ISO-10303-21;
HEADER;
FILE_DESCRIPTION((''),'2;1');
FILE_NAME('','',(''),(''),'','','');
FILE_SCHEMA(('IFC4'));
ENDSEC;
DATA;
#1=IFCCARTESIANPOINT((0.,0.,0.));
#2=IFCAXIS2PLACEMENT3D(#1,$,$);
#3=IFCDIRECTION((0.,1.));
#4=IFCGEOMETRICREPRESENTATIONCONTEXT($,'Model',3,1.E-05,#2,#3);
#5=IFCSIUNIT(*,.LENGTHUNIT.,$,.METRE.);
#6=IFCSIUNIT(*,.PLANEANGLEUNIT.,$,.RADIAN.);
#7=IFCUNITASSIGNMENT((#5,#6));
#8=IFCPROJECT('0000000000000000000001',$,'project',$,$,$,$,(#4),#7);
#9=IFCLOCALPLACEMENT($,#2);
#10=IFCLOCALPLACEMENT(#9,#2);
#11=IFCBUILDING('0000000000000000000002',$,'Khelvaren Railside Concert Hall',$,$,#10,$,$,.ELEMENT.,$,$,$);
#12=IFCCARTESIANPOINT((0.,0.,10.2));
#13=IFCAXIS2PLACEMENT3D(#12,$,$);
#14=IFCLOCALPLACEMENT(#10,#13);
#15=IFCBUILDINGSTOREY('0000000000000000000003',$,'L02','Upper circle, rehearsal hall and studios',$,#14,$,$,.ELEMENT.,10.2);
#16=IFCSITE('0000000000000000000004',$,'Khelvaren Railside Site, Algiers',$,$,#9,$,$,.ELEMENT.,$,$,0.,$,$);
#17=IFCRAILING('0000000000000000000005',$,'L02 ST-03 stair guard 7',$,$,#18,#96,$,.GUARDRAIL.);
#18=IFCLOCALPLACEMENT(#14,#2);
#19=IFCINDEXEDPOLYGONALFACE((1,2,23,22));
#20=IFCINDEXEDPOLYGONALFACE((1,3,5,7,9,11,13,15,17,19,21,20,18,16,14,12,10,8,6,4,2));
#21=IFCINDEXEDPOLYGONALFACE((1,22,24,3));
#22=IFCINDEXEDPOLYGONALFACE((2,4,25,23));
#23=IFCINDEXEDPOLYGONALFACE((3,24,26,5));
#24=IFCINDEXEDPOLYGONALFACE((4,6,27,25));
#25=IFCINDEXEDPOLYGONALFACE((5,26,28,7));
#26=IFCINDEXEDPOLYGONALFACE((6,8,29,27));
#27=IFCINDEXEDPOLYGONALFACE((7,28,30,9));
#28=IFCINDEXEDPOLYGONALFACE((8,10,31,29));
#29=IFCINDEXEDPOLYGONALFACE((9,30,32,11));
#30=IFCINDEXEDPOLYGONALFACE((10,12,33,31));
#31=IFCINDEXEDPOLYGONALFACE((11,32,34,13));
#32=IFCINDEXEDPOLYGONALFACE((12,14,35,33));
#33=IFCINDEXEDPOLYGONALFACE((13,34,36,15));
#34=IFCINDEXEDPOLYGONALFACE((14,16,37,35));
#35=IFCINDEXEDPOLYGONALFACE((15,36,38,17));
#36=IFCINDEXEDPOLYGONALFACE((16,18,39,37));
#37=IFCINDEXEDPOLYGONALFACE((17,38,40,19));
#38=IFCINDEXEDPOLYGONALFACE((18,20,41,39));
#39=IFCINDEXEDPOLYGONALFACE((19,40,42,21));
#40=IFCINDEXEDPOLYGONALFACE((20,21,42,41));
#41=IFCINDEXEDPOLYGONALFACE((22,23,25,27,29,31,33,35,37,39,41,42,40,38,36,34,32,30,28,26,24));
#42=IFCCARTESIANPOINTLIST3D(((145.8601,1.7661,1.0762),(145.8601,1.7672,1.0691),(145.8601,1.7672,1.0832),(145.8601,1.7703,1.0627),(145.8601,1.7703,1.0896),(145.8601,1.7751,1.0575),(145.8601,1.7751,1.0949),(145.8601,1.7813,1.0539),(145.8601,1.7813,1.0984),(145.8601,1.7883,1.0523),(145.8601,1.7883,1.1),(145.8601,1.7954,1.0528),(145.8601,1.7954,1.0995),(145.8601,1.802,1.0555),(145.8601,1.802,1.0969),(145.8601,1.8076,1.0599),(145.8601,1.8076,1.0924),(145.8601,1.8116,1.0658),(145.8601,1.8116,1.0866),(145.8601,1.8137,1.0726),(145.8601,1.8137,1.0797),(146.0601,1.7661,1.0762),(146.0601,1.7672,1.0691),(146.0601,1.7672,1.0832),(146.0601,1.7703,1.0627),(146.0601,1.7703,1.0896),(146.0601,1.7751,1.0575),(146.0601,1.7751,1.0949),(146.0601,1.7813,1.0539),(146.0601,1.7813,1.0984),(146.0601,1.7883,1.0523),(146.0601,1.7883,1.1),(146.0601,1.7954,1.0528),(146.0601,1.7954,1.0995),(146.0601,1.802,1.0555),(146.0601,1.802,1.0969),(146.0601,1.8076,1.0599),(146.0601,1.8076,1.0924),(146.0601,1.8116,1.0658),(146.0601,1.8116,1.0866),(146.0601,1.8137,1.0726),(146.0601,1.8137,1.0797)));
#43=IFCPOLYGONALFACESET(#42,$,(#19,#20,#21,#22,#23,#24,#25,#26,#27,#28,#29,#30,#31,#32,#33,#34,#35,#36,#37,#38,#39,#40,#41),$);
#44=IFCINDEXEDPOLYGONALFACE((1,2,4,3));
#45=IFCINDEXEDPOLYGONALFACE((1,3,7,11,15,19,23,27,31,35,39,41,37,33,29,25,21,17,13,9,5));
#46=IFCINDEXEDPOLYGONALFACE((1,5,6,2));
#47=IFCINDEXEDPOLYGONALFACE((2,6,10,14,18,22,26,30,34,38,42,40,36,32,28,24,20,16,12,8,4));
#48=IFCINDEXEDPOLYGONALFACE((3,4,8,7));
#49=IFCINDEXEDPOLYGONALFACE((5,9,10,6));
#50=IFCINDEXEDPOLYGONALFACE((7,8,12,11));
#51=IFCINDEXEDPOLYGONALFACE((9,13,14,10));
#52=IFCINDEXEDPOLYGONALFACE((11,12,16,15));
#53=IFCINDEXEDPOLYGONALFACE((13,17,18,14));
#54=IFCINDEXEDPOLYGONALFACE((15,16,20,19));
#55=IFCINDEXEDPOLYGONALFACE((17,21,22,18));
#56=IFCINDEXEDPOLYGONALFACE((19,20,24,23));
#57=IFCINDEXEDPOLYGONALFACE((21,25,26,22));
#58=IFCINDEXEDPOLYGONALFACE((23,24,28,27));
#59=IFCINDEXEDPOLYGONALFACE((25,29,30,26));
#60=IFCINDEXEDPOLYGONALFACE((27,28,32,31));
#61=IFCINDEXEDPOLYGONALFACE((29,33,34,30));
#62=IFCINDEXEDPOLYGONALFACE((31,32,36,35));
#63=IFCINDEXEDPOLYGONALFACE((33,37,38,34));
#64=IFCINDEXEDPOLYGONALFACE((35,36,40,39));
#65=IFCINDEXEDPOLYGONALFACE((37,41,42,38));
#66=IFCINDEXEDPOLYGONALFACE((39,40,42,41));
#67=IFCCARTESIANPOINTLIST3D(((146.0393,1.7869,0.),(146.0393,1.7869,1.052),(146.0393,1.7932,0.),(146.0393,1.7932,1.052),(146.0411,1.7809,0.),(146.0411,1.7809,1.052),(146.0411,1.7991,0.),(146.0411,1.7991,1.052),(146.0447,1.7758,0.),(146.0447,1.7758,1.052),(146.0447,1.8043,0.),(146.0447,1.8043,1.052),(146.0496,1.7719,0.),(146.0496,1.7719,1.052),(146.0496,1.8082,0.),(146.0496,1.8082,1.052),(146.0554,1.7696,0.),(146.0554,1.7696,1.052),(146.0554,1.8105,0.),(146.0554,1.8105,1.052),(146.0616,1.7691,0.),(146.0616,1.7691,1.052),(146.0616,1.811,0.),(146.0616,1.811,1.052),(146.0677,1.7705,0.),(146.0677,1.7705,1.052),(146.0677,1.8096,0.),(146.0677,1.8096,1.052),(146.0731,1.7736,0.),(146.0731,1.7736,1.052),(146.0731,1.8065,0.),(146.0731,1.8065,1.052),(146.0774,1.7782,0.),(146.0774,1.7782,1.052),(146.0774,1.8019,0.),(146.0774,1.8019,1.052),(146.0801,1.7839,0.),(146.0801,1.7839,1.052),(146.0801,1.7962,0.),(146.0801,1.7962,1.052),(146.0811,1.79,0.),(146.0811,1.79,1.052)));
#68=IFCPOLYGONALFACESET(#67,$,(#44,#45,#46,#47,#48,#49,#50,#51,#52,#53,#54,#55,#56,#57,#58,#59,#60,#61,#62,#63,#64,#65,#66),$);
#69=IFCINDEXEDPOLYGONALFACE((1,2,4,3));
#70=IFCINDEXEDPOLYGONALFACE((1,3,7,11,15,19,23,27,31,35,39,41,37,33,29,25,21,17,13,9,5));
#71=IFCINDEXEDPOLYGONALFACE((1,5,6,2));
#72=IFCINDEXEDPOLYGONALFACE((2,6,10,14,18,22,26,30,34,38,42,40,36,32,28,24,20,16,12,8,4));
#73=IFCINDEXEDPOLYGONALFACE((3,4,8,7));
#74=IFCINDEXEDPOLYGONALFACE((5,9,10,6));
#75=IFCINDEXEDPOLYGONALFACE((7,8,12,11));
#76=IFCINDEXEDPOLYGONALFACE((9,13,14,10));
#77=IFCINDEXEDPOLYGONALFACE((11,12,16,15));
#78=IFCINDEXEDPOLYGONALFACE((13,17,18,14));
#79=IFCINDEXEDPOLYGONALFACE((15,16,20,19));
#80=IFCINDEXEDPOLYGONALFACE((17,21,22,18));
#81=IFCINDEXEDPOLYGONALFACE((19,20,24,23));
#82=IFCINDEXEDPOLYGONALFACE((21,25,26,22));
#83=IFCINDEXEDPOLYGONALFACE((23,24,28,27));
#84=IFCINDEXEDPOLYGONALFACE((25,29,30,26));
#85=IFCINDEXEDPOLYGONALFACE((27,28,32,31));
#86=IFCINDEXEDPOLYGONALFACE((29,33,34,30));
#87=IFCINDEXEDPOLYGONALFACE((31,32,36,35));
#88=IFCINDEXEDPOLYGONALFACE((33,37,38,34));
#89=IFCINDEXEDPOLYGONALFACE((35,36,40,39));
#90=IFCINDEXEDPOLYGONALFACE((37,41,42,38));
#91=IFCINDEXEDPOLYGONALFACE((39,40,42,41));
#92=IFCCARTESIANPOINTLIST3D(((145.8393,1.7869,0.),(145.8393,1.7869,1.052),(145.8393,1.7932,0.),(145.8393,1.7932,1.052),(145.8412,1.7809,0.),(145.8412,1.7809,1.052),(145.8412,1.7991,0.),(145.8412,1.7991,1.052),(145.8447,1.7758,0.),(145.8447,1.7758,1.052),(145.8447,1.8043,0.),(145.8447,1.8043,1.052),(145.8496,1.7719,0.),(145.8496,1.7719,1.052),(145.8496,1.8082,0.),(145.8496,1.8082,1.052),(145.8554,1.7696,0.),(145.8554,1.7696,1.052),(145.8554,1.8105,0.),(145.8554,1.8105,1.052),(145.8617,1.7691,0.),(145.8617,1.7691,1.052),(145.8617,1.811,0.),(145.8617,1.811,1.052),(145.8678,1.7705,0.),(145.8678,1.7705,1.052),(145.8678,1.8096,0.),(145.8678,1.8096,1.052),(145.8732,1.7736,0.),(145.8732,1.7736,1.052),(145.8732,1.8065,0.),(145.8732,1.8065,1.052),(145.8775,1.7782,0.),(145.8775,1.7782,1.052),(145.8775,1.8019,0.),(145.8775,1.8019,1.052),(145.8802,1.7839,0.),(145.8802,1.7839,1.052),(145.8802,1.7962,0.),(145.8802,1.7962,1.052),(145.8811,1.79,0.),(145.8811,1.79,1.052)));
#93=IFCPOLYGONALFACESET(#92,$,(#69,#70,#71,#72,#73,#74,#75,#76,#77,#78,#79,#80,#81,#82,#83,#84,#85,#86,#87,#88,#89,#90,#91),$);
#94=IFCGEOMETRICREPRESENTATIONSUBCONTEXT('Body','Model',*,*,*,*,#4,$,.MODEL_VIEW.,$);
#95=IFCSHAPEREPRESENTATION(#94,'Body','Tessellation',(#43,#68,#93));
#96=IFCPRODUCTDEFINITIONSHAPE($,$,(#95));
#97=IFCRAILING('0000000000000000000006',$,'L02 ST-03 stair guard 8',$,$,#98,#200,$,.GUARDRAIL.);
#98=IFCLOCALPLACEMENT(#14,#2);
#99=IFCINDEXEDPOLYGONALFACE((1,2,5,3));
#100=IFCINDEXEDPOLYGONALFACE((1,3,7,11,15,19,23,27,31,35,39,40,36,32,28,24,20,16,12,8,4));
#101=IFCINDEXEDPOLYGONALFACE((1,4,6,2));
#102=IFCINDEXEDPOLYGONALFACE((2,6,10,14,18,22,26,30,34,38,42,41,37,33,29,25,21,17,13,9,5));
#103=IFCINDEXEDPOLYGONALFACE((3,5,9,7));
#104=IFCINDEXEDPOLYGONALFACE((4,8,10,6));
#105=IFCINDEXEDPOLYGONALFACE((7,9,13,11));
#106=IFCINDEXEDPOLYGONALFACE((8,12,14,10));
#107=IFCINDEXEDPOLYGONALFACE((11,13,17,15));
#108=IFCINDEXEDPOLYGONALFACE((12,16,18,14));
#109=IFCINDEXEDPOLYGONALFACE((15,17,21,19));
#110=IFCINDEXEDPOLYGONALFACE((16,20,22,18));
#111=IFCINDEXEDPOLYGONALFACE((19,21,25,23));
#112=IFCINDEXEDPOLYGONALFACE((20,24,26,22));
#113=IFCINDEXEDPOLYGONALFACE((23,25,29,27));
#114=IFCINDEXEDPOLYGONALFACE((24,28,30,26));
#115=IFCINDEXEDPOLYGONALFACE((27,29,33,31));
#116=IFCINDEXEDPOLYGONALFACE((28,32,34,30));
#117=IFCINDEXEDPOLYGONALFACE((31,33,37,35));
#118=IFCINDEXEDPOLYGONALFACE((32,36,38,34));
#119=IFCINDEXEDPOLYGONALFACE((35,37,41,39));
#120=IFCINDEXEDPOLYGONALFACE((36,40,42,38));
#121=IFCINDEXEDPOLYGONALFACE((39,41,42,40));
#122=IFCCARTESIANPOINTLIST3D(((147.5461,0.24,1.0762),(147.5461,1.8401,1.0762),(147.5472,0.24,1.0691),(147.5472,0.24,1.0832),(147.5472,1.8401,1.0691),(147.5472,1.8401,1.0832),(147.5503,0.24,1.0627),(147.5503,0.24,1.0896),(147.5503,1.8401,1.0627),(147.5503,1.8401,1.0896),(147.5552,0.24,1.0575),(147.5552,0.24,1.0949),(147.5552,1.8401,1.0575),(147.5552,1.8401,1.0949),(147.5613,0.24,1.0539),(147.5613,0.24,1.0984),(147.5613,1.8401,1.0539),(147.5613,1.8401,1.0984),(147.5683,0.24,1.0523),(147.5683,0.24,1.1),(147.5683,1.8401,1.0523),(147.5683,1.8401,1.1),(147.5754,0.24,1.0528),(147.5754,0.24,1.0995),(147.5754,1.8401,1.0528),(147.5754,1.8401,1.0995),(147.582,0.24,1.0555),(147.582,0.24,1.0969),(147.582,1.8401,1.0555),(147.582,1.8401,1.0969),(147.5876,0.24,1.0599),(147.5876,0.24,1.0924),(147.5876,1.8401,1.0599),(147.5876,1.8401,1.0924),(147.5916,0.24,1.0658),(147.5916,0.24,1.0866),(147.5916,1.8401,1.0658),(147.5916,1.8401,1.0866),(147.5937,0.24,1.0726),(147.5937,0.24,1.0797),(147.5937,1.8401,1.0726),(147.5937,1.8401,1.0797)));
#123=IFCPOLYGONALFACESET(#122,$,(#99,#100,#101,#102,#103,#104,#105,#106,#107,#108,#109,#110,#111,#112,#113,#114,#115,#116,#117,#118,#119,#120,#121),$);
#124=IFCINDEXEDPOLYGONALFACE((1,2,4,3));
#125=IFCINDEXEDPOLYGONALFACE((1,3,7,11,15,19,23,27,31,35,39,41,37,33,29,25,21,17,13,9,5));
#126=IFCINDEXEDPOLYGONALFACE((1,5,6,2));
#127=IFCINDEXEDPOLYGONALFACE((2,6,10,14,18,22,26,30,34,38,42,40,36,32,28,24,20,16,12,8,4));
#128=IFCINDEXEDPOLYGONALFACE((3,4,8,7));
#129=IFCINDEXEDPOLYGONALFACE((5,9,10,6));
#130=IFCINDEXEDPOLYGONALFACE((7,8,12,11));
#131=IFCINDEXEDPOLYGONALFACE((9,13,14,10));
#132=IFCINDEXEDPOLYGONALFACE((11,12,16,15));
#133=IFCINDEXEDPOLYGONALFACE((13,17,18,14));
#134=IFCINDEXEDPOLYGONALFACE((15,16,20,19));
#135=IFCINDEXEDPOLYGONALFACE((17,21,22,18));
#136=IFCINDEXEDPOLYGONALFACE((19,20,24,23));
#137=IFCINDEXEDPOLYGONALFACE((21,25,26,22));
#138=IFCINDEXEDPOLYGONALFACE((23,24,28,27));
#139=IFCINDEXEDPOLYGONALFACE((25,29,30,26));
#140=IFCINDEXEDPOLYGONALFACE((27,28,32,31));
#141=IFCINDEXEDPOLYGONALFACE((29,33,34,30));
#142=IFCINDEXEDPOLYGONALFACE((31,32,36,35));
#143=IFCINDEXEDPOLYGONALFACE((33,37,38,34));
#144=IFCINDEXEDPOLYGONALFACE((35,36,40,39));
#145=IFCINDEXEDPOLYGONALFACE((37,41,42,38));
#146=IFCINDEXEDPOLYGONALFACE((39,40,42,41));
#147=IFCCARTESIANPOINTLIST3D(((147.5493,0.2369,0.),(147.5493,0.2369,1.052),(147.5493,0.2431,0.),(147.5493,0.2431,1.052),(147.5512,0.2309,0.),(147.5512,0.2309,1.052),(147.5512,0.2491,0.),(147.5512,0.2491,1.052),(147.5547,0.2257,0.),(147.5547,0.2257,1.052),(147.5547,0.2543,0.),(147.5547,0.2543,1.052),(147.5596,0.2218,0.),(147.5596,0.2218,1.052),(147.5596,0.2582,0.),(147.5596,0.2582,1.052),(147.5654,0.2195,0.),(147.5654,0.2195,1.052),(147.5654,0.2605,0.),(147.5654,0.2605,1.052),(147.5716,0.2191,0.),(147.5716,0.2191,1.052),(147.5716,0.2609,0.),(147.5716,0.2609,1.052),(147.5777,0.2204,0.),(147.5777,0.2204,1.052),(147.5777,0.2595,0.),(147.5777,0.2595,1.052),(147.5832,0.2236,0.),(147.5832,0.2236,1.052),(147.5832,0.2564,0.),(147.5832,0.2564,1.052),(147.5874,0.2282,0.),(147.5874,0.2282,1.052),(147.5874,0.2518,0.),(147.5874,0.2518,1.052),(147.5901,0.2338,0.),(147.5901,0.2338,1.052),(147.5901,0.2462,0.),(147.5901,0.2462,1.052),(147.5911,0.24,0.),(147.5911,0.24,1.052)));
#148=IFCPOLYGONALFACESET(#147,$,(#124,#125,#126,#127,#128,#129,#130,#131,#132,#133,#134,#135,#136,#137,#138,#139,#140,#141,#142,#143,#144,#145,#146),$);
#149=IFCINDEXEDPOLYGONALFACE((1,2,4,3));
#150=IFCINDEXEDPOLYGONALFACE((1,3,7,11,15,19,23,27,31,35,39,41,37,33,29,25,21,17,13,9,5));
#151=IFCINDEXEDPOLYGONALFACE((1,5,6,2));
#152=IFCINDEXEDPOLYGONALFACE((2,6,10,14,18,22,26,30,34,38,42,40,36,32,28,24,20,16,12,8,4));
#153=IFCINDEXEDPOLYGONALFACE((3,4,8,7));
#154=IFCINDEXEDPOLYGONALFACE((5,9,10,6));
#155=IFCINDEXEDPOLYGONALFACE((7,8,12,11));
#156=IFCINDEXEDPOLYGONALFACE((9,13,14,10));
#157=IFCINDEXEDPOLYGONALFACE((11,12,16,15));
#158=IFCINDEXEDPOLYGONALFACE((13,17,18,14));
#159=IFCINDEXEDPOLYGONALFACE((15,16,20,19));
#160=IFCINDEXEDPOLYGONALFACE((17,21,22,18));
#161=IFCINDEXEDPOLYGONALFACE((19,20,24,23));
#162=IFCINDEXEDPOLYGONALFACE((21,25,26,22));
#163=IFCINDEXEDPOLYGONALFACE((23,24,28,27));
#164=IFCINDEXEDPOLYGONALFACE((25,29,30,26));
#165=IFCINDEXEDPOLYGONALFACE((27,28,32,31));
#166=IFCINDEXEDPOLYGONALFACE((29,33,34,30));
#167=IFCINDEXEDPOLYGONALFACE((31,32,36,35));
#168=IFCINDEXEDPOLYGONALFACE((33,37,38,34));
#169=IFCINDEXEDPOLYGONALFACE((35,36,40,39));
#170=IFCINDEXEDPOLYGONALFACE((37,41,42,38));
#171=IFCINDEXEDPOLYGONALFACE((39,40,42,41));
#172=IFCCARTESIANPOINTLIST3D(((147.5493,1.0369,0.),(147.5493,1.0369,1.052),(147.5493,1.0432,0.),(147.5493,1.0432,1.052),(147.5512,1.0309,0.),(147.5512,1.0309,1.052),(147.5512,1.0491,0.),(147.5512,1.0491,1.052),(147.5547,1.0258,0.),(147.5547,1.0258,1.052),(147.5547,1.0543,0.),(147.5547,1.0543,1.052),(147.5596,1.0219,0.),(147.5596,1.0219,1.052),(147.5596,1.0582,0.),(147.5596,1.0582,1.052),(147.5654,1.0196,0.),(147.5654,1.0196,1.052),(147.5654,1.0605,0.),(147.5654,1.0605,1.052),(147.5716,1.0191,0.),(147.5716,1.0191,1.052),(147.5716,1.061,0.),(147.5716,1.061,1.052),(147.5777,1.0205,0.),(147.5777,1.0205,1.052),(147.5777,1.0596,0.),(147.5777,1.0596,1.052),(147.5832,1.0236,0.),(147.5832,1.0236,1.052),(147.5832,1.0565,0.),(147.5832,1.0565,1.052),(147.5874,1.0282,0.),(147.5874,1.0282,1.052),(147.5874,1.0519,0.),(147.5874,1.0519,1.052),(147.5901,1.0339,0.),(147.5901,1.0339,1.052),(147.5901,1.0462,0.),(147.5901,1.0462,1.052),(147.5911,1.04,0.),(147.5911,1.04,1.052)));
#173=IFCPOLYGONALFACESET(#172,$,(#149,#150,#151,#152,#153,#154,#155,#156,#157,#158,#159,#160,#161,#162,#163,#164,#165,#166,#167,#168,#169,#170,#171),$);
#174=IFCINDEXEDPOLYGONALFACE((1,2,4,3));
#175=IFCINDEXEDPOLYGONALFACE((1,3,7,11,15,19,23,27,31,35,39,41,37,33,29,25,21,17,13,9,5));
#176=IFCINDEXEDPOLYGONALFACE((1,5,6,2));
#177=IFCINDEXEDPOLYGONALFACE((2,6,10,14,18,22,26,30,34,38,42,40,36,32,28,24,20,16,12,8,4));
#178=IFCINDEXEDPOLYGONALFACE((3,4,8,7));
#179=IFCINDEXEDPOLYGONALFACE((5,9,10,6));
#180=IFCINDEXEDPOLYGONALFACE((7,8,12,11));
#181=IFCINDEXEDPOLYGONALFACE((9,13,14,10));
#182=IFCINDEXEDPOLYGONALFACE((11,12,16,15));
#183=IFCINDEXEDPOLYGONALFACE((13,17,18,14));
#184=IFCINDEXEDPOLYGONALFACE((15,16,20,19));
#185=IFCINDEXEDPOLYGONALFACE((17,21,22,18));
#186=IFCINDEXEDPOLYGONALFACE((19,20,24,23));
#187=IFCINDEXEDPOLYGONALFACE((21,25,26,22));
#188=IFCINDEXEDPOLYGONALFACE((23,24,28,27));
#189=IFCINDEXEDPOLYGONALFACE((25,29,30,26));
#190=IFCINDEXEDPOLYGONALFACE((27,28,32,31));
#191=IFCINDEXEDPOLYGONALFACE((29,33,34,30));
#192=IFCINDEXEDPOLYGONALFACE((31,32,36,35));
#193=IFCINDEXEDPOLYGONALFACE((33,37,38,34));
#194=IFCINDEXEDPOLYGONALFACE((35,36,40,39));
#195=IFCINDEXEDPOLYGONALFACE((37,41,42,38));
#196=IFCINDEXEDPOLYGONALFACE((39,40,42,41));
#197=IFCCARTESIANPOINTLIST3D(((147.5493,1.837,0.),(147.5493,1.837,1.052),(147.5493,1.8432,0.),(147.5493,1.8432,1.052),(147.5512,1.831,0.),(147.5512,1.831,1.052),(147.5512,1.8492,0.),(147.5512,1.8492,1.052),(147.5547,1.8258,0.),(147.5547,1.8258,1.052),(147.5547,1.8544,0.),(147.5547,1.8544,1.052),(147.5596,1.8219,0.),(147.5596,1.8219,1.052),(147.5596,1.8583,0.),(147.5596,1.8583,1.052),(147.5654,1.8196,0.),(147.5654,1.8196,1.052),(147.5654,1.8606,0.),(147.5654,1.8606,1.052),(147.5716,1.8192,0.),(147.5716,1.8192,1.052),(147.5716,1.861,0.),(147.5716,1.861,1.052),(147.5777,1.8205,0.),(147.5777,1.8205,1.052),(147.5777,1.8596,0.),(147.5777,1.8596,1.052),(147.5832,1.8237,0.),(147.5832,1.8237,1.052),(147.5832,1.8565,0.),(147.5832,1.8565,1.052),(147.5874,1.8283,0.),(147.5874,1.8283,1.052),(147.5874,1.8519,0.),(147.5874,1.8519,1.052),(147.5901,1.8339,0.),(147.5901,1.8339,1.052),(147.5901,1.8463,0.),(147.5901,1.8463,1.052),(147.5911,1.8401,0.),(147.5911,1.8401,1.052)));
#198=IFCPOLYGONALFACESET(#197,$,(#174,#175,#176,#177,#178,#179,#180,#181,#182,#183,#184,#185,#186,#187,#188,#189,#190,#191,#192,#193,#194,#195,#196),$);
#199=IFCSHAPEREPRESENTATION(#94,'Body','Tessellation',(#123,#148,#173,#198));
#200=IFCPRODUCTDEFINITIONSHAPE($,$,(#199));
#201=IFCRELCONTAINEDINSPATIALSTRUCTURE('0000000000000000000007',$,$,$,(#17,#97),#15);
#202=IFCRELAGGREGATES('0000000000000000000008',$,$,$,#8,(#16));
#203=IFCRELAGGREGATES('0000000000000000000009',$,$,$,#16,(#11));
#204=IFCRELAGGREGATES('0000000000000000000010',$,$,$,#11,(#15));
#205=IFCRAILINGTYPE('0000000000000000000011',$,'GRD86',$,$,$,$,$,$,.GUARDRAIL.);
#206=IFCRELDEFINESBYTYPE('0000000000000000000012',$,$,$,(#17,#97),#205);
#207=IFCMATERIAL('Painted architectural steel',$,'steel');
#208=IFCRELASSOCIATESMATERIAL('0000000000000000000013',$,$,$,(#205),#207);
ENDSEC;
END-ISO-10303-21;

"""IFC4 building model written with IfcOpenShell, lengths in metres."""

from ifc_helpers import new_model, si_unit, direction, frame, origin, origin_2d, place, context, subcontext, project, spatial, circle, extrude, material, type_object, element, save


model = new_model("IFC4")

# Units and contexts
model_context = context("Model", 3, precision=1e-05, world=origin(), true_north=direction((0.0, 1.0)))
body_context = subcontext(model_context, "Body", "Model", "MODEL_VIEW")
ifc_project = project(units=[si_unit("LENGTHUNIT", "METRE"), si_unit("PLANEANGLEUNIT", "RADIAN")], contexts=[model_context])

# Site, building, storey
site_placement = place(None, origin())
site = spatial("IfcSite", under=ifc_project, at=site_placement, Name="Khelvaren Railside Site, Algiers", CompositionType="ELEMENT", RefElevation=0.0)
building_placement = place(site_placement, origin())
building = spatial("IfcBuilding", under=site, at=building_placement, Name="Khelvaren Railside Concert Hall", CompositionType="ELEMENT")
storey_placement = place(building_placement, frame((0.0, 0.0, 10.2)))
storey = spatial("IfcBuildingStorey", under=building, at=storey_placement, Name="L02", Description="Upper circle, rehearsal hall and studios", CompositionType="ELEMENT", Elevation=10.2)

# Railings
ifc_material_1 = material(Name="Painted architectural steel", Category="steel")
railing_type_1 = type_object("IfcRailingType", Name="GRD86", PredefinedType="GUARDRAIL", material=ifc_material_1)
railing_1_placement = place(storey_placement, frame((146.0601, 1.79, 0.0)))
element("IfcRailing", 1, at=railing_1_placement, inside=storey, type_object=railing_type_1, Name="L02 ST-03 stair guard 7", PredefinedType="GUARDRAIL", context=body_context, shape_type="SweptSolid", body=[
    extrude(circle(Radius=0.0239, at=origin_2d()), frame((0.0, 0.0, 1.0762), z_axis=(-1.0, 0.0, 0.0), x_axis=(0.0, -1.0, 0.0)), (0.0, 0.0, 1.0), 0.2),
    extrude(circle(Radius=0.021, at=origin_2d()), origin(), (0.0, 0.0, 1.0), 1.052),
    extrude(circle(Radius=0.021, at=origin_2d()), frame((-0.2, 0.0, 0.0)), (0.0, 0.0, 1.0), 1.052),
])
for number, where, name in (
    (2, (147.5701, 0.24, 0.0), "L02 ST-03 stair guard 8"),
):
    element("IfcRailing", number, at=place(storey_placement, frame(where)), inside=storey, type_object=railing_type_1, Name=name, PredefinedType="GUARDRAIL", context=body_context, shape_type="SweptSolid", body=[
        extrude(circle(Radius=0.0239, at=origin_2d()), frame((0.0, 0.0, 1.0762), z_axis=(0.0, 1.0, 0.0), x_axis=(-1.0, 0.0, 0.0)), (0.0, 0.0, 1.0), 1.6001),
        extrude(circle(Radius=0.021, at=origin_2d()), origin(), (0.0, 0.0, 1.0), 1.052),
        extrude(circle(Radius=0.021, at=origin_2d()), frame((0.0, 0.8, 0.0)), (0.0, 0.0, 1.0), 1.052),
        extrude(circle(Radius=0.021, at=origin_2d()), frame((0.0, 1.6001, 0.0)), (0.0, 0.0, 1.0), 1.052),
    ])

save(model, "model.ifc")
